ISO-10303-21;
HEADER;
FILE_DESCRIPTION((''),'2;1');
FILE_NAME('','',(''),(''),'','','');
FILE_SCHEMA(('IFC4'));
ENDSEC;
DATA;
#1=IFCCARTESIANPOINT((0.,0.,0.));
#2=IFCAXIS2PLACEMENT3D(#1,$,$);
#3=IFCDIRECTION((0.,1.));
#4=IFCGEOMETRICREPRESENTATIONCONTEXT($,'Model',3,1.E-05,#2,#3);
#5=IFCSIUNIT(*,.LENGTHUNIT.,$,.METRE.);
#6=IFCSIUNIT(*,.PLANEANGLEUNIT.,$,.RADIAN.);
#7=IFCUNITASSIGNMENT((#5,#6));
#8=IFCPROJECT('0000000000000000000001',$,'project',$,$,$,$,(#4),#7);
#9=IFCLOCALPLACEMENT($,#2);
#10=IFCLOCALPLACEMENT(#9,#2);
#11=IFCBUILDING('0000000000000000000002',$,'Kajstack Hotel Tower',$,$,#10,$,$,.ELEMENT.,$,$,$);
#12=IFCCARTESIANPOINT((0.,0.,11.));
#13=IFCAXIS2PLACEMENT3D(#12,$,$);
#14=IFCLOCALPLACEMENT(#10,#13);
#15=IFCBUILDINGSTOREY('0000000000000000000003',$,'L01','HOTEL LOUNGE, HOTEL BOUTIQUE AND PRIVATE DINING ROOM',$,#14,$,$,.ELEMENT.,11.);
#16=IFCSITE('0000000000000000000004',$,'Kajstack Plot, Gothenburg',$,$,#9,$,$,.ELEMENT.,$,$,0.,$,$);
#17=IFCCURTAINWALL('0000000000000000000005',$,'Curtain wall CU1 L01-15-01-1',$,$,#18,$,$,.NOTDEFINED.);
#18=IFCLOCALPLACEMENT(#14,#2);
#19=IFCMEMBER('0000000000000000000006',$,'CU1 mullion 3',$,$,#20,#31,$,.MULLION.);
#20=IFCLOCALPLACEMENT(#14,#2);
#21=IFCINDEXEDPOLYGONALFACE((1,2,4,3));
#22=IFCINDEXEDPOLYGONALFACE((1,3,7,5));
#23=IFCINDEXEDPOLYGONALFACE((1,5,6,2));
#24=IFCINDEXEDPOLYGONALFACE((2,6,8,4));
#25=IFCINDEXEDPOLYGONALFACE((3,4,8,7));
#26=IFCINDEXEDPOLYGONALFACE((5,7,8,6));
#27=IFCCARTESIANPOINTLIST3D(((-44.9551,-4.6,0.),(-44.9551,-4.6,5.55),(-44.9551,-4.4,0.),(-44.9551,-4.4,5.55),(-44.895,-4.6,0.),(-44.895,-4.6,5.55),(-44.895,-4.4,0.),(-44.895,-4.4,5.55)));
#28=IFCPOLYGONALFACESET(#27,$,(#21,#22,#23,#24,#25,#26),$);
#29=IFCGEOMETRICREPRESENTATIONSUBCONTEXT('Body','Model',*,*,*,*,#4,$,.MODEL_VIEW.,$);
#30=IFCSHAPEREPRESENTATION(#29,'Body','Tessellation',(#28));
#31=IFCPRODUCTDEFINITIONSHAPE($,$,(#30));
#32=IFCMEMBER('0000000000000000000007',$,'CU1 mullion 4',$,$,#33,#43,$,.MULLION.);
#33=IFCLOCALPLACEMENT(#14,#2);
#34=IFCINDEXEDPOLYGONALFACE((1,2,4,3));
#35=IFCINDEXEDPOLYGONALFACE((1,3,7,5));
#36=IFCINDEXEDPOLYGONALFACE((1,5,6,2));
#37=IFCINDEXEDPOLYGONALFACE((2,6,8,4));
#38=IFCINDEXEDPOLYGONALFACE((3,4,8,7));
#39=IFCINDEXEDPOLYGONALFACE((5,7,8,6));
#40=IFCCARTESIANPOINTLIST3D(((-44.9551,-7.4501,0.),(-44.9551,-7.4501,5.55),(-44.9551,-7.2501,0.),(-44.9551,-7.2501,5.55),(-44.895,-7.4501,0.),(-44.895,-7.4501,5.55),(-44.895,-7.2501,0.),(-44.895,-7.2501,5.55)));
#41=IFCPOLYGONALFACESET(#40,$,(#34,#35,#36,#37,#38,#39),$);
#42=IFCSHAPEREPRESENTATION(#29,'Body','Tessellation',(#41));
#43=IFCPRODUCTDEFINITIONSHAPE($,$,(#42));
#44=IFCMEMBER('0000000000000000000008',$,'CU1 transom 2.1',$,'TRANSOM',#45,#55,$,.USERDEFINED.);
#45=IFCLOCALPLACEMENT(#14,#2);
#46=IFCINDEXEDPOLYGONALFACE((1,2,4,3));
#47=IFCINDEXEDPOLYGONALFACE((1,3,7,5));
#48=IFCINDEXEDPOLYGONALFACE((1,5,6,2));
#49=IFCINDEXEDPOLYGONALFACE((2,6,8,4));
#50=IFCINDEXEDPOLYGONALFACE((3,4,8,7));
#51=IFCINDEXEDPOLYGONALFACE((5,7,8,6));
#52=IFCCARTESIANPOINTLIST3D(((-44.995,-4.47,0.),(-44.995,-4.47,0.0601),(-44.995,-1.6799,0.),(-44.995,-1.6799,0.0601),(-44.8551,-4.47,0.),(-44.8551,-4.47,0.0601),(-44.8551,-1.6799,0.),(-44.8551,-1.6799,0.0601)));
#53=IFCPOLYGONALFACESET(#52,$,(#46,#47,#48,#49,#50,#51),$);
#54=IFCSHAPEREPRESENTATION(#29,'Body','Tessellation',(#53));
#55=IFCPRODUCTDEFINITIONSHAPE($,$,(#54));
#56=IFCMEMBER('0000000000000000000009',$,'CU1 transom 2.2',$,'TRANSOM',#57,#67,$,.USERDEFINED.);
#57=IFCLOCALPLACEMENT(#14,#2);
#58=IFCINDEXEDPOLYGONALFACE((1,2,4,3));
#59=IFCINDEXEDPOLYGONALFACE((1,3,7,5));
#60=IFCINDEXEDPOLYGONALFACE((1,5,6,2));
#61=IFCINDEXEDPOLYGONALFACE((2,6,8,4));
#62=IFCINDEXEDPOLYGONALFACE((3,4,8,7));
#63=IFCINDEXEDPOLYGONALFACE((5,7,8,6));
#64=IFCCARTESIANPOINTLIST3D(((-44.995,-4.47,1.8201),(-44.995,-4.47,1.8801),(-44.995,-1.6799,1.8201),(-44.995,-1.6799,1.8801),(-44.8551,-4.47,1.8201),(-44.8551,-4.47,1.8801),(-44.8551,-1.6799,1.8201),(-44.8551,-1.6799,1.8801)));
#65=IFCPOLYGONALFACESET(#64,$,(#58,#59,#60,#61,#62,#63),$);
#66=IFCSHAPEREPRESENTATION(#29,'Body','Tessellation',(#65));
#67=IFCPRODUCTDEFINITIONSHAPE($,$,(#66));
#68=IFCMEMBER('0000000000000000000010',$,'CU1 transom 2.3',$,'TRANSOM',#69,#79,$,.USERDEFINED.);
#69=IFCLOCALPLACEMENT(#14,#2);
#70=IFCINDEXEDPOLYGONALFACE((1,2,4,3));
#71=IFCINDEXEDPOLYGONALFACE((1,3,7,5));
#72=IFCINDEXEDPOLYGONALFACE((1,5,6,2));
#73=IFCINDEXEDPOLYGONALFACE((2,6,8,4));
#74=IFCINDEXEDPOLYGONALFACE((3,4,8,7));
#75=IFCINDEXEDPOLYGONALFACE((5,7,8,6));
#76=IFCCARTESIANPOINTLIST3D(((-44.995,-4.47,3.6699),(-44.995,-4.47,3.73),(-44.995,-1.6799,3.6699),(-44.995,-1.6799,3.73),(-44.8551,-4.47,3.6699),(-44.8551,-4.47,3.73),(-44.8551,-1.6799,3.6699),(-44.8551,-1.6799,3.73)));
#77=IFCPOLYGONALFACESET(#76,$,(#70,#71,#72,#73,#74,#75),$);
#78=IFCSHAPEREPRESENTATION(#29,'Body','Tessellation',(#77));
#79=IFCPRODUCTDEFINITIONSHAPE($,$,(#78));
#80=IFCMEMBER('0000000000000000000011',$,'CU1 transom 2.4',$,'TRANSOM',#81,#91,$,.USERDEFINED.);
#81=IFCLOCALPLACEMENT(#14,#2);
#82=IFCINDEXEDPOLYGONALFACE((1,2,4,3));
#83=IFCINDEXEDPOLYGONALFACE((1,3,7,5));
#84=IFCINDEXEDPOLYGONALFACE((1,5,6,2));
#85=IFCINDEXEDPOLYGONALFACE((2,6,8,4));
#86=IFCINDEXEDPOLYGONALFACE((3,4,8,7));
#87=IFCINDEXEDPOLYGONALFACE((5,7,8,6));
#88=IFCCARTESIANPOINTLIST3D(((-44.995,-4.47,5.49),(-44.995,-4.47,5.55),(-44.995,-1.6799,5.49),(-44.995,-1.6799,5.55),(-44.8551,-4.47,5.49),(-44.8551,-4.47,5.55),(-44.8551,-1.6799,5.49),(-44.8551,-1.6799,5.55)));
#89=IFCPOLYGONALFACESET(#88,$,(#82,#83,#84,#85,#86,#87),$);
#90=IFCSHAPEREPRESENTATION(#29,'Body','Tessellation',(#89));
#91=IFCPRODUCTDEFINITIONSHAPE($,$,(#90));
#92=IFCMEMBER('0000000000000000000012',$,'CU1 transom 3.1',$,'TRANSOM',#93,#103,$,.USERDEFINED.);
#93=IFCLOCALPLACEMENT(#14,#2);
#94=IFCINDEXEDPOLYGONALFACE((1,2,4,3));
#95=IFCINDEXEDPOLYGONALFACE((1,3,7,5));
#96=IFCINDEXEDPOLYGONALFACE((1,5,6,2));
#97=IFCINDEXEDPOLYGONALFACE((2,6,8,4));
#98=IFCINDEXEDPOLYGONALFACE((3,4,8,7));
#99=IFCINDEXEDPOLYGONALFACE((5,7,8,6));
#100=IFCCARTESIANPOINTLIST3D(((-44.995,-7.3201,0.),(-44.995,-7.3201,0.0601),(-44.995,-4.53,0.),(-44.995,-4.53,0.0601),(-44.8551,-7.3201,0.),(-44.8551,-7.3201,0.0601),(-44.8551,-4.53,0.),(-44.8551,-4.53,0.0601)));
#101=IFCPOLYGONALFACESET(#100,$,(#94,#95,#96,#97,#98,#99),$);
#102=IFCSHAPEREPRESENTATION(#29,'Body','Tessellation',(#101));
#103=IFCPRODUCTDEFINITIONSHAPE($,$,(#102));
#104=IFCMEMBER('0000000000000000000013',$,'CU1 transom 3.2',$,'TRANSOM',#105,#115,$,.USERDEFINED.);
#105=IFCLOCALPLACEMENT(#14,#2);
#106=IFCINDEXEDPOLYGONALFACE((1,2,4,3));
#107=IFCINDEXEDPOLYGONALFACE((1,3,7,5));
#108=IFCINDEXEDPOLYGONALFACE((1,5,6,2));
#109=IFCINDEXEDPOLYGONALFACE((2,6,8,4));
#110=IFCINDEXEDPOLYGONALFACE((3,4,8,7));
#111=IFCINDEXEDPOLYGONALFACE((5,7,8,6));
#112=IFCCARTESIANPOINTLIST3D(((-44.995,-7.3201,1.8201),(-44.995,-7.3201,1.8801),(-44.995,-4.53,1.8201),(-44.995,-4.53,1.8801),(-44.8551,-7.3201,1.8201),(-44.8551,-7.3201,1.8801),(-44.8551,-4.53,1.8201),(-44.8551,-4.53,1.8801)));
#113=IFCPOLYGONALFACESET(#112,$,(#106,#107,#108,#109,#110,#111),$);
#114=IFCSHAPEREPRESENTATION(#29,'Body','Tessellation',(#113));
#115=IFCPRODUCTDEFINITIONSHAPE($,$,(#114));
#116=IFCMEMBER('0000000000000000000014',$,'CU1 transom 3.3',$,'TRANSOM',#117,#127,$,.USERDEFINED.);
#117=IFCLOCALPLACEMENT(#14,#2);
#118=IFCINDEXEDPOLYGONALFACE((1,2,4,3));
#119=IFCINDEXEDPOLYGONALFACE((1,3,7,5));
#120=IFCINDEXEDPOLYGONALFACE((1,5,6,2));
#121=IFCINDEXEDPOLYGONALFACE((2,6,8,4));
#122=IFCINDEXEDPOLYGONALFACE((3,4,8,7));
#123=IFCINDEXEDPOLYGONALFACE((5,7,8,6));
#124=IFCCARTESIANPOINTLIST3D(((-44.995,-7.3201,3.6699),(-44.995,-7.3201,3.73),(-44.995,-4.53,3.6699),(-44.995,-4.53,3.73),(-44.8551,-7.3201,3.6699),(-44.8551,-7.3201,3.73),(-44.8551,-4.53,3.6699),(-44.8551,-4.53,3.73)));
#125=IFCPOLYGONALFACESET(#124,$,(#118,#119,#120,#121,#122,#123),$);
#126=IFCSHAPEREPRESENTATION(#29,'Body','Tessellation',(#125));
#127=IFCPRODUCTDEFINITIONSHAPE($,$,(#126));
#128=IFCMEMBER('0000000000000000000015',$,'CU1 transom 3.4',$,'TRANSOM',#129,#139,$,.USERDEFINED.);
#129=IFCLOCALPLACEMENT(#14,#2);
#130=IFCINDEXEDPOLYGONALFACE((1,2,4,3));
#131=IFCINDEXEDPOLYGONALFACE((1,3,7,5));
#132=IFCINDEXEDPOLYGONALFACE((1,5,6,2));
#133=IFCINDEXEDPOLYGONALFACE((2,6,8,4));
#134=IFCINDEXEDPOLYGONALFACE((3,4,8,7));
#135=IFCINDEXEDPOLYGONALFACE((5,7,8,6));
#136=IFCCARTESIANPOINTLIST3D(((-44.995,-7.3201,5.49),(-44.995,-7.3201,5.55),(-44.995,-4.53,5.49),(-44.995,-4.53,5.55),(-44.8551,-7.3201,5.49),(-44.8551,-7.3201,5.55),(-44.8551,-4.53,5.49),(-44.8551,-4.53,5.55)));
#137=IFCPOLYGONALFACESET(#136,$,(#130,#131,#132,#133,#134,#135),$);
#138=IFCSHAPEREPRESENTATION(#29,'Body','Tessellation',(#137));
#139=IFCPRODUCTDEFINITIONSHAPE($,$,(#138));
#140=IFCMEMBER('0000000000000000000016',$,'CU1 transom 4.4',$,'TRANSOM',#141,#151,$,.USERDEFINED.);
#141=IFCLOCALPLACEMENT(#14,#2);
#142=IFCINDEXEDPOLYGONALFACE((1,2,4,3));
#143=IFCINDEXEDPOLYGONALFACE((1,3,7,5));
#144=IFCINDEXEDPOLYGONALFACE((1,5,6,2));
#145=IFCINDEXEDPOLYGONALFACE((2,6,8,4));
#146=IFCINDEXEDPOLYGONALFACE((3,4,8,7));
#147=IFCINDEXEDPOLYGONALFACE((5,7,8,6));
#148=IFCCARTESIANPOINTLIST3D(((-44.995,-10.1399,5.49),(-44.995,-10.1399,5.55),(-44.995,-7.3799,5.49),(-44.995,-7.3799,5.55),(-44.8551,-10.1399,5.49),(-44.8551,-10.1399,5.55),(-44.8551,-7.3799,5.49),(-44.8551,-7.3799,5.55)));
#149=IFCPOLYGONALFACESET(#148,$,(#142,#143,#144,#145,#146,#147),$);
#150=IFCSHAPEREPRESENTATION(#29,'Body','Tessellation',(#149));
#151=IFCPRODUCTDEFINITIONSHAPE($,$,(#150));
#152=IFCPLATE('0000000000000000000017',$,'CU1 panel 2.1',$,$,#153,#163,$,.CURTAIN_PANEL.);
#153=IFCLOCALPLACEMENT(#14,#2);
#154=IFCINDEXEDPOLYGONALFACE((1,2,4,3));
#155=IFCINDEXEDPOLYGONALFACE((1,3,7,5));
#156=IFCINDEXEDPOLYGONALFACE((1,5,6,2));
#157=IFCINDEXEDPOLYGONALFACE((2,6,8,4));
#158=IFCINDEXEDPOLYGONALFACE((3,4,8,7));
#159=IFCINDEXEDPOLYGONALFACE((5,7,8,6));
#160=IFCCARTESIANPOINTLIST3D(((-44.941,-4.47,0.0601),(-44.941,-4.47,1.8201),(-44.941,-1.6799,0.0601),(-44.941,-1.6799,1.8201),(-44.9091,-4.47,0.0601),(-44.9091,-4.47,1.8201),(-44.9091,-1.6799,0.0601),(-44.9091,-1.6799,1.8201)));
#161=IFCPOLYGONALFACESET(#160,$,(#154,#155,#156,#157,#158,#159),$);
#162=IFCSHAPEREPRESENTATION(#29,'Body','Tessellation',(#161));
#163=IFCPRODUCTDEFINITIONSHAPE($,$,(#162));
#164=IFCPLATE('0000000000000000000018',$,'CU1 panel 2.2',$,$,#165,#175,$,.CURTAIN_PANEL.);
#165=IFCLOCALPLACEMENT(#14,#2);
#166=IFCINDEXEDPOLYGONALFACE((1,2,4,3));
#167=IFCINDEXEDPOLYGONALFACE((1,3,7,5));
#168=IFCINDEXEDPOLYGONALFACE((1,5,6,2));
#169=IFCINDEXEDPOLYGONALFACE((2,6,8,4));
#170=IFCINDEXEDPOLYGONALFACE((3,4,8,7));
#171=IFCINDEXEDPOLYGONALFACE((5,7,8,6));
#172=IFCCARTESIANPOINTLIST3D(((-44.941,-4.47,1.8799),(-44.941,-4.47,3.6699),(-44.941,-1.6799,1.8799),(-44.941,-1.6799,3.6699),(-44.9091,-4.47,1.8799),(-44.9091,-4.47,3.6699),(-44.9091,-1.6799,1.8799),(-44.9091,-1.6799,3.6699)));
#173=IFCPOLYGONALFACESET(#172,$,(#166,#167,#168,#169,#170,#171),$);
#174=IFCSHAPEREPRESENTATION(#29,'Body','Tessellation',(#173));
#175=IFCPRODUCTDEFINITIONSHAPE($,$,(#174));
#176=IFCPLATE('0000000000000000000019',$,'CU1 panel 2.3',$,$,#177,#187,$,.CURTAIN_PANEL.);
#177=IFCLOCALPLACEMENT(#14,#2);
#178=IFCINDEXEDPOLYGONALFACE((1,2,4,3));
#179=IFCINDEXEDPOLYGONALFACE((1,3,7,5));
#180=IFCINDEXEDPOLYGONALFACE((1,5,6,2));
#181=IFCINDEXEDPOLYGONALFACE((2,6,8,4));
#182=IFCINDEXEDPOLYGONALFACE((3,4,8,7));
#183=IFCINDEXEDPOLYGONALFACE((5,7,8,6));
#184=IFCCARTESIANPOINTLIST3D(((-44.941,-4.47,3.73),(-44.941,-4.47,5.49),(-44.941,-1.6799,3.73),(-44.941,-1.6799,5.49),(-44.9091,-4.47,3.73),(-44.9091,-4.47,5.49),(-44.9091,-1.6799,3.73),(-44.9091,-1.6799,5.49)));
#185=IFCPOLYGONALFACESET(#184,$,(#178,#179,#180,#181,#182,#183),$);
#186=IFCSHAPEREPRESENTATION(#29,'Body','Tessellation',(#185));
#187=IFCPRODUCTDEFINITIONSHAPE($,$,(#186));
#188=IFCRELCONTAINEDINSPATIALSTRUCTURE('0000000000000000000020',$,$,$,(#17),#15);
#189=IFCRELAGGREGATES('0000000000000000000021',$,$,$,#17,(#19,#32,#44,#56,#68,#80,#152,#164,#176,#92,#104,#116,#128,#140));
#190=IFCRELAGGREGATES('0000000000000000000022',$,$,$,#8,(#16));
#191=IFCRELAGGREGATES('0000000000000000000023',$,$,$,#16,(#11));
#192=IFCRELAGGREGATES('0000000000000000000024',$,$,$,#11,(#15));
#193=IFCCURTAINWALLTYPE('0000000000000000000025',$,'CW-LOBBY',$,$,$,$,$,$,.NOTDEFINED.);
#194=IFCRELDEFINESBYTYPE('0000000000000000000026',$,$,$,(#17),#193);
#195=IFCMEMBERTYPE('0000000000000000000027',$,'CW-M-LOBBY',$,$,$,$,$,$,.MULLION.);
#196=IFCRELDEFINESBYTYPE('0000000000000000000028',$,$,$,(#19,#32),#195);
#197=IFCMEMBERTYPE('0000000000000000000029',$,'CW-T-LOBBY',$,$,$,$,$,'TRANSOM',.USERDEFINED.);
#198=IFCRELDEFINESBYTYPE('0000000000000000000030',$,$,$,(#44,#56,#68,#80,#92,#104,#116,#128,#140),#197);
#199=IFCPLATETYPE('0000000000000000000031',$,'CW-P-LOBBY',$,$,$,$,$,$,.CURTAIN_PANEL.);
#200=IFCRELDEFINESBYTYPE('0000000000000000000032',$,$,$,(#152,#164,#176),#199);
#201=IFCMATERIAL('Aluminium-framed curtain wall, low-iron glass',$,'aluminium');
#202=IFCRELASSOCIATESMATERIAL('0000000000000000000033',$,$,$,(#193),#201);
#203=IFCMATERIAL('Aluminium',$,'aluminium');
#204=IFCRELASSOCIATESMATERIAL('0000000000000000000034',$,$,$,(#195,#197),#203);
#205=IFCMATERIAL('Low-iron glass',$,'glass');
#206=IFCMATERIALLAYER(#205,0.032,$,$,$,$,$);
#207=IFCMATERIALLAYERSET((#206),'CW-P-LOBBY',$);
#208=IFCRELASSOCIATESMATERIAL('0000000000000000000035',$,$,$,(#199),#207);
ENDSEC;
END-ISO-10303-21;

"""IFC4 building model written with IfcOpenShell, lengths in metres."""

from ifc_helpers import new_model, si_unit, direction, frame, origin, origin_2d, place, context, subcontext, project, spatial, rectangle, extrude, material, layer, layer_set, material_profile, profile_set, type_object, element, aggregate, save


model = new_model("IFC4")

# Units and contexts
model_context = context("Model", 3, precision=1e-05, world=origin(), true_north=direction((0.0, 1.0)))
body_context = subcontext(model_context, "Body", "Model", "MODEL_VIEW")
ifc_project = project(units=[si_unit("LENGTHUNIT", "METRE"), si_unit("PLANEANGLEUNIT", "RADIAN")], contexts=[model_context])

# Site, building, storey
site_placement = place(None, origin())
site = spatial("IfcSite", under=ifc_project, at=site_placement, Name="Kajstack Plot, Gothenburg", CompositionType="ELEMENT", RefElevation=0.0)
building_placement = place(site_placement, origin())
building = spatial("IfcBuilding", under=site, at=building_placement, Name="Kajstack Hotel Tower", CompositionType="ELEMENT")
storey_placement = place(building_placement, frame((0.0, 0.0, 11.0)))
storey = spatial("IfcBuildingStorey", under=building, at=storey_placement, Name="L01", Description="HOTEL LOUNGE, HOTEL BOUTIQUE AND PRIVATE DINING ROOM", CompositionType="ELEMENT", Elevation=11.0)

# Curtain wall, members, plates
ifc_material_1 = material(Name="Aluminium-framed curtain wall, low-iron glass", Category="aluminium")
curtain_wall_type = type_object("IfcCurtainWallType", Name="CW-LOBBY", PredefinedType="NOTDEFINED", material=ifc_material_1)
curtain_wall_placement = place(storey_placement, origin())
curtain_wall = element("IfcCurtainWall", 1, at=curtain_wall_placement, inside=storey, type_object=curtain_wall_type, Name="Curtain wall CU1 L01-15-01-1", PredefinedType="NOTDEFINED")
ifc_material_2 = material(Name="Aluminium", Category="aluminium")
ifc_material_profile_1 = material_profile(ifc_material_2, rectangle(XDim=0.0601, YDim=0.2, at=origin_2d()), Name="Aluminium mullion 60 x 200")
ifc_profile_set_1 = profile_set([ifc_material_profile_1], Name="Aluminium")
member_type_1 = type_object("IfcMemberType", Name="CW-M-LOBBY", PredefinedType="MULLION", material=ifc_profile_set_1)
member_1_placement = place(storey_placement, frame((-44.925, -4.5, 0.0), z_axis=(0.0, 0.0, 1.0), x_axis=(1.0, 0.0, 0.0)))
member_1 = element("IfcMember", 2, at=member_1_placement, type_object=member_type_1, Name="CU1 mullion 3", PredefinedType="MULLION", context=body_context, shape_type="SweptSolid", body=[
    extrude(rectangle(XDim=0.0601, YDim=0.2, at=origin_2d()), origin(), (0.0, 0.0, 1.0), 5.55),
])
member_2_placement = place(storey_placement, frame((-44.925, -7.3501, 0.0), z_axis=(0.0, 0.0, 1.0), x_axis=(1.0, 0.0, 0.0)))
member_2 = element("IfcMember", 3, at=member_2_placement, type_object=member_type_1, Name="CU1 mullion 4", PredefinedType="MULLION", context=body_context, shape_type="SweptSolid", body=[
    extrude(rectangle(XDim=0.0601, YDim=0.2, at=origin_2d()), origin(), (0.0, 0.0, 1.0), 5.55),
])
ifc_material_profile_2 = material_profile(ifc_material_2, rectangle(XDim=0.1399, YDim=0.0601, at=origin_2d()), Name="Aluminium transom 140 x 60")
ifc_profile_set_2 = profile_set([ifc_material_profile_2], Name="Aluminium")
member_type_2 = type_object("IfcMemberType", Name="CW-T-LOBBY", ElementType="TRANSOM", PredefinedType="USERDEFINED", material=ifc_profile_set_2)
member_3_placement = place(storey_placement, frame((-44.925, -1.6799, 0.03), z_axis=(0.0, -1.0, 0.0), x_axis=(1.0, 0.0, 0.0)))
member_3 = element("IfcMember", 4, at=member_3_placement, type_object=member_type_2, Name="CU1 transom 2.1", ObjectType="TRANSOM", PredefinedType="USERDEFINED", context=body_context, shape_type="SweptSolid", body=[
    extrude(rectangle(XDim=0.1399, YDim=0.0601, at=origin_2d()), origin(), (0.0, 0.0, 1.0), 2.79),
])
member_4_placement = place(storey_placement, frame((-44.925, -1.6799, 1.8501), z_axis=(0.0, -1.0, 0.0), x_axis=(1.0, 0.0, 0.0)))
member_4 = element("IfcMember", 5, at=member_4_placement, type_object=member_type_2, Name="CU1 transom 2.2", ObjectType="TRANSOM", PredefinedType="USERDEFINED", context=body_context, shape_type="SweptSolid", body=[
    extrude(rectangle(XDim=0.1399, YDim=0.0601, at=origin_2d()), origin(), (0.0, 0.0, 1.0), 2.79),
])
member_5_placement = place(storey_placement, frame((-44.925, -1.6799, 3.7), z_axis=(0.0, -1.0, 0.0), x_axis=(1.0, 0.0, 0.0)))
member_5 = element("IfcMember", 6, at=member_5_placement, type_object=member_type_2, Name="CU1 transom 2.3", ObjectType="TRANSOM", PredefinedType="USERDEFINED", context=body_context, shape_type="SweptSolid", body=[
    extrude(rectangle(XDim=0.1399, YDim=0.0601, at=origin_2d()), origin(), (0.0, 0.0, 1.0), 2.79),
])
member_6_placement = place(storey_placement, frame((-44.925, -1.6799, 5.52), z_axis=(0.0, -1.0, 0.0), x_axis=(1.0, 0.0, 0.0)))
member_6 = element("IfcMember", 7, at=member_6_placement, type_object=member_type_2, Name="CU1 transom 2.4", ObjectType="TRANSOM", PredefinedType="USERDEFINED", context=body_context, shape_type="SweptSolid", body=[
    extrude(rectangle(XDim=0.1399, YDim=0.0601, at=origin_2d()), origin(), (0.0, 0.0, 1.0), 2.79),
])
member_7_placement = place(storey_placement, frame((-44.925, -4.53, 0.03), z_axis=(0.0, -1.0, 0.0), x_axis=(1.0, 0.0, 0.0)))
member_7 = element("IfcMember", 8, at=member_7_placement, type_object=member_type_2, Name="CU1 transom 3.1", ObjectType="TRANSOM", PredefinedType="USERDEFINED", context=body_context, shape_type="SweptSolid", body=[
    extrude(rectangle(XDim=0.1399, YDim=0.0601, at=origin_2d()), origin(), (0.0, 0.0, 1.0), 2.79),
])
member_8_placement = place(storey_placement, frame((-44.925, -4.53, 1.8501), z_axis=(0.0, -1.0, 0.0), x_axis=(1.0, 0.0, 0.0)))
member_8 = element("IfcMember", 9, at=member_8_placement, type_object=member_type_2, Name="CU1 transom 3.2", ObjectType="TRANSOM", PredefinedType="USERDEFINED", context=body_context, shape_type="SweptSolid", body=[
    extrude(rectangle(XDim=0.1399, YDim=0.0601, at=origin_2d()), origin(), (0.0, 0.0, 1.0), 2.79),
])
member_9_placement = place(storey_placement, frame((-44.925, -4.53, 3.7), z_axis=(0.0, -1.0, 0.0), x_axis=(1.0, 0.0, 0.0)))
member_9 = element("IfcMember", 10, at=member_9_placement, type_object=member_type_2, Name="CU1 transom 3.3", ObjectType="TRANSOM", PredefinedType="USERDEFINED", context=body_context, shape_type="SweptSolid", body=[
    extrude(rectangle(XDim=0.1399, YDim=0.0601, at=origin_2d()), origin(), (0.0, 0.0, 1.0), 2.79),
])
member_10_placement = place(storey_placement, frame((-44.925, -4.53, 5.52), z_axis=(0.0, -1.0, 0.0), x_axis=(1.0, 0.0, 0.0)))
member_10 = element("IfcMember", 11, at=member_10_placement, type_object=member_type_2, Name="CU1 transom 3.4", ObjectType="TRANSOM", PredefinedType="USERDEFINED", context=body_context, shape_type="SweptSolid", body=[
    extrude(rectangle(XDim=0.1399, YDim=0.0601, at=origin_2d()), origin(), (0.0, 0.0, 1.0), 2.79),
])
member_11_placement = place(storey_placement, frame((-44.925, -7.3799, 5.52), z_axis=(0.0, -1.0, 0.0), x_axis=(1.0, 0.0, 0.0)))
member_11 = element("IfcMember", 12, at=member_11_placement, type_object=member_type_2, Name="CU1 transom 4.4", ObjectType="TRANSOM", PredefinedType="USERDEFINED", context=body_context, shape_type="SweptSolid", body=[
    extrude(rectangle(XDim=0.1399, YDim=0.0601, at=origin_2d()), origin(), (0.0, 0.0, 1.0), 2.76),
])
ifc_material_3 = material(Name="Low-iron glass", Category="glass")
ifc_layer = layer(ifc_material_3, 0.032)
ifc_layer_set = layer_set([ifc_layer], Name="CW-P-LOBBY")
plate_type = type_object("IfcPlateType", Name="CW-P-LOBBY", PredefinedType="CURTAIN_PANEL", material=ifc_layer_set)
plate_1_placement = place(storey_placement, frame((-44.925, -3.075, 0.0601), z_axis=(0.0, 0.0, 1.0), x_axis=(0.0, -1.0, 0.0)))
plate_1 = element("IfcPlate", 13, at=plate_1_placement, type_object=plate_type, Name="CU1 panel 2.1", PredefinedType="CURTAIN_PANEL", context=body_context, shape_type="SweptSolid", body=[
    extrude(rectangle(XDim=2.79, YDim=0.032, at=origin_2d()), origin(), (0.0, 0.0, 1.0), 1.76),
])
plate_2_placement = place(storey_placement, frame((-44.925, -3.075, 1.8799), z_axis=(0.0, 0.0, 1.0), x_axis=(0.0, -1.0, 0.0)))
plate_2 = element("IfcPlate", 14, at=plate_2_placement, type_object=plate_type, Name="CU1 panel 2.2", PredefinedType="CURTAIN_PANEL", context=body_context, shape_type="SweptSolid", body=[
    extrude(rectangle(XDim=2.79, YDim=0.032, at=origin_2d()), origin(), (0.0, 0.0, 1.0), 1.79),
])
plate_3_placement = place(storey_placement, frame((-44.925, -3.075, 3.73), z_axis=(0.0, 0.0, 1.0), x_axis=(0.0, -1.0, 0.0)))
plate_3 = element("IfcPlate", 15, at=plate_3_placement, type_object=plate_type, Name="CU1 panel 2.3", PredefinedType="CURTAIN_PANEL", context=body_context, shape_type="SweptSolid", body=[
    extrude(rectangle(XDim=2.79, YDim=0.032, at=origin_2d()), origin(), (0.0, 0.0, 1.0), 1.76),
])
aggregate(curtain_wall, [member_1, member_2, member_3, member_4, member_5, member_6, plate_1, plate_2, plate_3, member_7, member_8, member_9, member_10, member_11])

save(model, "model.ifc")
